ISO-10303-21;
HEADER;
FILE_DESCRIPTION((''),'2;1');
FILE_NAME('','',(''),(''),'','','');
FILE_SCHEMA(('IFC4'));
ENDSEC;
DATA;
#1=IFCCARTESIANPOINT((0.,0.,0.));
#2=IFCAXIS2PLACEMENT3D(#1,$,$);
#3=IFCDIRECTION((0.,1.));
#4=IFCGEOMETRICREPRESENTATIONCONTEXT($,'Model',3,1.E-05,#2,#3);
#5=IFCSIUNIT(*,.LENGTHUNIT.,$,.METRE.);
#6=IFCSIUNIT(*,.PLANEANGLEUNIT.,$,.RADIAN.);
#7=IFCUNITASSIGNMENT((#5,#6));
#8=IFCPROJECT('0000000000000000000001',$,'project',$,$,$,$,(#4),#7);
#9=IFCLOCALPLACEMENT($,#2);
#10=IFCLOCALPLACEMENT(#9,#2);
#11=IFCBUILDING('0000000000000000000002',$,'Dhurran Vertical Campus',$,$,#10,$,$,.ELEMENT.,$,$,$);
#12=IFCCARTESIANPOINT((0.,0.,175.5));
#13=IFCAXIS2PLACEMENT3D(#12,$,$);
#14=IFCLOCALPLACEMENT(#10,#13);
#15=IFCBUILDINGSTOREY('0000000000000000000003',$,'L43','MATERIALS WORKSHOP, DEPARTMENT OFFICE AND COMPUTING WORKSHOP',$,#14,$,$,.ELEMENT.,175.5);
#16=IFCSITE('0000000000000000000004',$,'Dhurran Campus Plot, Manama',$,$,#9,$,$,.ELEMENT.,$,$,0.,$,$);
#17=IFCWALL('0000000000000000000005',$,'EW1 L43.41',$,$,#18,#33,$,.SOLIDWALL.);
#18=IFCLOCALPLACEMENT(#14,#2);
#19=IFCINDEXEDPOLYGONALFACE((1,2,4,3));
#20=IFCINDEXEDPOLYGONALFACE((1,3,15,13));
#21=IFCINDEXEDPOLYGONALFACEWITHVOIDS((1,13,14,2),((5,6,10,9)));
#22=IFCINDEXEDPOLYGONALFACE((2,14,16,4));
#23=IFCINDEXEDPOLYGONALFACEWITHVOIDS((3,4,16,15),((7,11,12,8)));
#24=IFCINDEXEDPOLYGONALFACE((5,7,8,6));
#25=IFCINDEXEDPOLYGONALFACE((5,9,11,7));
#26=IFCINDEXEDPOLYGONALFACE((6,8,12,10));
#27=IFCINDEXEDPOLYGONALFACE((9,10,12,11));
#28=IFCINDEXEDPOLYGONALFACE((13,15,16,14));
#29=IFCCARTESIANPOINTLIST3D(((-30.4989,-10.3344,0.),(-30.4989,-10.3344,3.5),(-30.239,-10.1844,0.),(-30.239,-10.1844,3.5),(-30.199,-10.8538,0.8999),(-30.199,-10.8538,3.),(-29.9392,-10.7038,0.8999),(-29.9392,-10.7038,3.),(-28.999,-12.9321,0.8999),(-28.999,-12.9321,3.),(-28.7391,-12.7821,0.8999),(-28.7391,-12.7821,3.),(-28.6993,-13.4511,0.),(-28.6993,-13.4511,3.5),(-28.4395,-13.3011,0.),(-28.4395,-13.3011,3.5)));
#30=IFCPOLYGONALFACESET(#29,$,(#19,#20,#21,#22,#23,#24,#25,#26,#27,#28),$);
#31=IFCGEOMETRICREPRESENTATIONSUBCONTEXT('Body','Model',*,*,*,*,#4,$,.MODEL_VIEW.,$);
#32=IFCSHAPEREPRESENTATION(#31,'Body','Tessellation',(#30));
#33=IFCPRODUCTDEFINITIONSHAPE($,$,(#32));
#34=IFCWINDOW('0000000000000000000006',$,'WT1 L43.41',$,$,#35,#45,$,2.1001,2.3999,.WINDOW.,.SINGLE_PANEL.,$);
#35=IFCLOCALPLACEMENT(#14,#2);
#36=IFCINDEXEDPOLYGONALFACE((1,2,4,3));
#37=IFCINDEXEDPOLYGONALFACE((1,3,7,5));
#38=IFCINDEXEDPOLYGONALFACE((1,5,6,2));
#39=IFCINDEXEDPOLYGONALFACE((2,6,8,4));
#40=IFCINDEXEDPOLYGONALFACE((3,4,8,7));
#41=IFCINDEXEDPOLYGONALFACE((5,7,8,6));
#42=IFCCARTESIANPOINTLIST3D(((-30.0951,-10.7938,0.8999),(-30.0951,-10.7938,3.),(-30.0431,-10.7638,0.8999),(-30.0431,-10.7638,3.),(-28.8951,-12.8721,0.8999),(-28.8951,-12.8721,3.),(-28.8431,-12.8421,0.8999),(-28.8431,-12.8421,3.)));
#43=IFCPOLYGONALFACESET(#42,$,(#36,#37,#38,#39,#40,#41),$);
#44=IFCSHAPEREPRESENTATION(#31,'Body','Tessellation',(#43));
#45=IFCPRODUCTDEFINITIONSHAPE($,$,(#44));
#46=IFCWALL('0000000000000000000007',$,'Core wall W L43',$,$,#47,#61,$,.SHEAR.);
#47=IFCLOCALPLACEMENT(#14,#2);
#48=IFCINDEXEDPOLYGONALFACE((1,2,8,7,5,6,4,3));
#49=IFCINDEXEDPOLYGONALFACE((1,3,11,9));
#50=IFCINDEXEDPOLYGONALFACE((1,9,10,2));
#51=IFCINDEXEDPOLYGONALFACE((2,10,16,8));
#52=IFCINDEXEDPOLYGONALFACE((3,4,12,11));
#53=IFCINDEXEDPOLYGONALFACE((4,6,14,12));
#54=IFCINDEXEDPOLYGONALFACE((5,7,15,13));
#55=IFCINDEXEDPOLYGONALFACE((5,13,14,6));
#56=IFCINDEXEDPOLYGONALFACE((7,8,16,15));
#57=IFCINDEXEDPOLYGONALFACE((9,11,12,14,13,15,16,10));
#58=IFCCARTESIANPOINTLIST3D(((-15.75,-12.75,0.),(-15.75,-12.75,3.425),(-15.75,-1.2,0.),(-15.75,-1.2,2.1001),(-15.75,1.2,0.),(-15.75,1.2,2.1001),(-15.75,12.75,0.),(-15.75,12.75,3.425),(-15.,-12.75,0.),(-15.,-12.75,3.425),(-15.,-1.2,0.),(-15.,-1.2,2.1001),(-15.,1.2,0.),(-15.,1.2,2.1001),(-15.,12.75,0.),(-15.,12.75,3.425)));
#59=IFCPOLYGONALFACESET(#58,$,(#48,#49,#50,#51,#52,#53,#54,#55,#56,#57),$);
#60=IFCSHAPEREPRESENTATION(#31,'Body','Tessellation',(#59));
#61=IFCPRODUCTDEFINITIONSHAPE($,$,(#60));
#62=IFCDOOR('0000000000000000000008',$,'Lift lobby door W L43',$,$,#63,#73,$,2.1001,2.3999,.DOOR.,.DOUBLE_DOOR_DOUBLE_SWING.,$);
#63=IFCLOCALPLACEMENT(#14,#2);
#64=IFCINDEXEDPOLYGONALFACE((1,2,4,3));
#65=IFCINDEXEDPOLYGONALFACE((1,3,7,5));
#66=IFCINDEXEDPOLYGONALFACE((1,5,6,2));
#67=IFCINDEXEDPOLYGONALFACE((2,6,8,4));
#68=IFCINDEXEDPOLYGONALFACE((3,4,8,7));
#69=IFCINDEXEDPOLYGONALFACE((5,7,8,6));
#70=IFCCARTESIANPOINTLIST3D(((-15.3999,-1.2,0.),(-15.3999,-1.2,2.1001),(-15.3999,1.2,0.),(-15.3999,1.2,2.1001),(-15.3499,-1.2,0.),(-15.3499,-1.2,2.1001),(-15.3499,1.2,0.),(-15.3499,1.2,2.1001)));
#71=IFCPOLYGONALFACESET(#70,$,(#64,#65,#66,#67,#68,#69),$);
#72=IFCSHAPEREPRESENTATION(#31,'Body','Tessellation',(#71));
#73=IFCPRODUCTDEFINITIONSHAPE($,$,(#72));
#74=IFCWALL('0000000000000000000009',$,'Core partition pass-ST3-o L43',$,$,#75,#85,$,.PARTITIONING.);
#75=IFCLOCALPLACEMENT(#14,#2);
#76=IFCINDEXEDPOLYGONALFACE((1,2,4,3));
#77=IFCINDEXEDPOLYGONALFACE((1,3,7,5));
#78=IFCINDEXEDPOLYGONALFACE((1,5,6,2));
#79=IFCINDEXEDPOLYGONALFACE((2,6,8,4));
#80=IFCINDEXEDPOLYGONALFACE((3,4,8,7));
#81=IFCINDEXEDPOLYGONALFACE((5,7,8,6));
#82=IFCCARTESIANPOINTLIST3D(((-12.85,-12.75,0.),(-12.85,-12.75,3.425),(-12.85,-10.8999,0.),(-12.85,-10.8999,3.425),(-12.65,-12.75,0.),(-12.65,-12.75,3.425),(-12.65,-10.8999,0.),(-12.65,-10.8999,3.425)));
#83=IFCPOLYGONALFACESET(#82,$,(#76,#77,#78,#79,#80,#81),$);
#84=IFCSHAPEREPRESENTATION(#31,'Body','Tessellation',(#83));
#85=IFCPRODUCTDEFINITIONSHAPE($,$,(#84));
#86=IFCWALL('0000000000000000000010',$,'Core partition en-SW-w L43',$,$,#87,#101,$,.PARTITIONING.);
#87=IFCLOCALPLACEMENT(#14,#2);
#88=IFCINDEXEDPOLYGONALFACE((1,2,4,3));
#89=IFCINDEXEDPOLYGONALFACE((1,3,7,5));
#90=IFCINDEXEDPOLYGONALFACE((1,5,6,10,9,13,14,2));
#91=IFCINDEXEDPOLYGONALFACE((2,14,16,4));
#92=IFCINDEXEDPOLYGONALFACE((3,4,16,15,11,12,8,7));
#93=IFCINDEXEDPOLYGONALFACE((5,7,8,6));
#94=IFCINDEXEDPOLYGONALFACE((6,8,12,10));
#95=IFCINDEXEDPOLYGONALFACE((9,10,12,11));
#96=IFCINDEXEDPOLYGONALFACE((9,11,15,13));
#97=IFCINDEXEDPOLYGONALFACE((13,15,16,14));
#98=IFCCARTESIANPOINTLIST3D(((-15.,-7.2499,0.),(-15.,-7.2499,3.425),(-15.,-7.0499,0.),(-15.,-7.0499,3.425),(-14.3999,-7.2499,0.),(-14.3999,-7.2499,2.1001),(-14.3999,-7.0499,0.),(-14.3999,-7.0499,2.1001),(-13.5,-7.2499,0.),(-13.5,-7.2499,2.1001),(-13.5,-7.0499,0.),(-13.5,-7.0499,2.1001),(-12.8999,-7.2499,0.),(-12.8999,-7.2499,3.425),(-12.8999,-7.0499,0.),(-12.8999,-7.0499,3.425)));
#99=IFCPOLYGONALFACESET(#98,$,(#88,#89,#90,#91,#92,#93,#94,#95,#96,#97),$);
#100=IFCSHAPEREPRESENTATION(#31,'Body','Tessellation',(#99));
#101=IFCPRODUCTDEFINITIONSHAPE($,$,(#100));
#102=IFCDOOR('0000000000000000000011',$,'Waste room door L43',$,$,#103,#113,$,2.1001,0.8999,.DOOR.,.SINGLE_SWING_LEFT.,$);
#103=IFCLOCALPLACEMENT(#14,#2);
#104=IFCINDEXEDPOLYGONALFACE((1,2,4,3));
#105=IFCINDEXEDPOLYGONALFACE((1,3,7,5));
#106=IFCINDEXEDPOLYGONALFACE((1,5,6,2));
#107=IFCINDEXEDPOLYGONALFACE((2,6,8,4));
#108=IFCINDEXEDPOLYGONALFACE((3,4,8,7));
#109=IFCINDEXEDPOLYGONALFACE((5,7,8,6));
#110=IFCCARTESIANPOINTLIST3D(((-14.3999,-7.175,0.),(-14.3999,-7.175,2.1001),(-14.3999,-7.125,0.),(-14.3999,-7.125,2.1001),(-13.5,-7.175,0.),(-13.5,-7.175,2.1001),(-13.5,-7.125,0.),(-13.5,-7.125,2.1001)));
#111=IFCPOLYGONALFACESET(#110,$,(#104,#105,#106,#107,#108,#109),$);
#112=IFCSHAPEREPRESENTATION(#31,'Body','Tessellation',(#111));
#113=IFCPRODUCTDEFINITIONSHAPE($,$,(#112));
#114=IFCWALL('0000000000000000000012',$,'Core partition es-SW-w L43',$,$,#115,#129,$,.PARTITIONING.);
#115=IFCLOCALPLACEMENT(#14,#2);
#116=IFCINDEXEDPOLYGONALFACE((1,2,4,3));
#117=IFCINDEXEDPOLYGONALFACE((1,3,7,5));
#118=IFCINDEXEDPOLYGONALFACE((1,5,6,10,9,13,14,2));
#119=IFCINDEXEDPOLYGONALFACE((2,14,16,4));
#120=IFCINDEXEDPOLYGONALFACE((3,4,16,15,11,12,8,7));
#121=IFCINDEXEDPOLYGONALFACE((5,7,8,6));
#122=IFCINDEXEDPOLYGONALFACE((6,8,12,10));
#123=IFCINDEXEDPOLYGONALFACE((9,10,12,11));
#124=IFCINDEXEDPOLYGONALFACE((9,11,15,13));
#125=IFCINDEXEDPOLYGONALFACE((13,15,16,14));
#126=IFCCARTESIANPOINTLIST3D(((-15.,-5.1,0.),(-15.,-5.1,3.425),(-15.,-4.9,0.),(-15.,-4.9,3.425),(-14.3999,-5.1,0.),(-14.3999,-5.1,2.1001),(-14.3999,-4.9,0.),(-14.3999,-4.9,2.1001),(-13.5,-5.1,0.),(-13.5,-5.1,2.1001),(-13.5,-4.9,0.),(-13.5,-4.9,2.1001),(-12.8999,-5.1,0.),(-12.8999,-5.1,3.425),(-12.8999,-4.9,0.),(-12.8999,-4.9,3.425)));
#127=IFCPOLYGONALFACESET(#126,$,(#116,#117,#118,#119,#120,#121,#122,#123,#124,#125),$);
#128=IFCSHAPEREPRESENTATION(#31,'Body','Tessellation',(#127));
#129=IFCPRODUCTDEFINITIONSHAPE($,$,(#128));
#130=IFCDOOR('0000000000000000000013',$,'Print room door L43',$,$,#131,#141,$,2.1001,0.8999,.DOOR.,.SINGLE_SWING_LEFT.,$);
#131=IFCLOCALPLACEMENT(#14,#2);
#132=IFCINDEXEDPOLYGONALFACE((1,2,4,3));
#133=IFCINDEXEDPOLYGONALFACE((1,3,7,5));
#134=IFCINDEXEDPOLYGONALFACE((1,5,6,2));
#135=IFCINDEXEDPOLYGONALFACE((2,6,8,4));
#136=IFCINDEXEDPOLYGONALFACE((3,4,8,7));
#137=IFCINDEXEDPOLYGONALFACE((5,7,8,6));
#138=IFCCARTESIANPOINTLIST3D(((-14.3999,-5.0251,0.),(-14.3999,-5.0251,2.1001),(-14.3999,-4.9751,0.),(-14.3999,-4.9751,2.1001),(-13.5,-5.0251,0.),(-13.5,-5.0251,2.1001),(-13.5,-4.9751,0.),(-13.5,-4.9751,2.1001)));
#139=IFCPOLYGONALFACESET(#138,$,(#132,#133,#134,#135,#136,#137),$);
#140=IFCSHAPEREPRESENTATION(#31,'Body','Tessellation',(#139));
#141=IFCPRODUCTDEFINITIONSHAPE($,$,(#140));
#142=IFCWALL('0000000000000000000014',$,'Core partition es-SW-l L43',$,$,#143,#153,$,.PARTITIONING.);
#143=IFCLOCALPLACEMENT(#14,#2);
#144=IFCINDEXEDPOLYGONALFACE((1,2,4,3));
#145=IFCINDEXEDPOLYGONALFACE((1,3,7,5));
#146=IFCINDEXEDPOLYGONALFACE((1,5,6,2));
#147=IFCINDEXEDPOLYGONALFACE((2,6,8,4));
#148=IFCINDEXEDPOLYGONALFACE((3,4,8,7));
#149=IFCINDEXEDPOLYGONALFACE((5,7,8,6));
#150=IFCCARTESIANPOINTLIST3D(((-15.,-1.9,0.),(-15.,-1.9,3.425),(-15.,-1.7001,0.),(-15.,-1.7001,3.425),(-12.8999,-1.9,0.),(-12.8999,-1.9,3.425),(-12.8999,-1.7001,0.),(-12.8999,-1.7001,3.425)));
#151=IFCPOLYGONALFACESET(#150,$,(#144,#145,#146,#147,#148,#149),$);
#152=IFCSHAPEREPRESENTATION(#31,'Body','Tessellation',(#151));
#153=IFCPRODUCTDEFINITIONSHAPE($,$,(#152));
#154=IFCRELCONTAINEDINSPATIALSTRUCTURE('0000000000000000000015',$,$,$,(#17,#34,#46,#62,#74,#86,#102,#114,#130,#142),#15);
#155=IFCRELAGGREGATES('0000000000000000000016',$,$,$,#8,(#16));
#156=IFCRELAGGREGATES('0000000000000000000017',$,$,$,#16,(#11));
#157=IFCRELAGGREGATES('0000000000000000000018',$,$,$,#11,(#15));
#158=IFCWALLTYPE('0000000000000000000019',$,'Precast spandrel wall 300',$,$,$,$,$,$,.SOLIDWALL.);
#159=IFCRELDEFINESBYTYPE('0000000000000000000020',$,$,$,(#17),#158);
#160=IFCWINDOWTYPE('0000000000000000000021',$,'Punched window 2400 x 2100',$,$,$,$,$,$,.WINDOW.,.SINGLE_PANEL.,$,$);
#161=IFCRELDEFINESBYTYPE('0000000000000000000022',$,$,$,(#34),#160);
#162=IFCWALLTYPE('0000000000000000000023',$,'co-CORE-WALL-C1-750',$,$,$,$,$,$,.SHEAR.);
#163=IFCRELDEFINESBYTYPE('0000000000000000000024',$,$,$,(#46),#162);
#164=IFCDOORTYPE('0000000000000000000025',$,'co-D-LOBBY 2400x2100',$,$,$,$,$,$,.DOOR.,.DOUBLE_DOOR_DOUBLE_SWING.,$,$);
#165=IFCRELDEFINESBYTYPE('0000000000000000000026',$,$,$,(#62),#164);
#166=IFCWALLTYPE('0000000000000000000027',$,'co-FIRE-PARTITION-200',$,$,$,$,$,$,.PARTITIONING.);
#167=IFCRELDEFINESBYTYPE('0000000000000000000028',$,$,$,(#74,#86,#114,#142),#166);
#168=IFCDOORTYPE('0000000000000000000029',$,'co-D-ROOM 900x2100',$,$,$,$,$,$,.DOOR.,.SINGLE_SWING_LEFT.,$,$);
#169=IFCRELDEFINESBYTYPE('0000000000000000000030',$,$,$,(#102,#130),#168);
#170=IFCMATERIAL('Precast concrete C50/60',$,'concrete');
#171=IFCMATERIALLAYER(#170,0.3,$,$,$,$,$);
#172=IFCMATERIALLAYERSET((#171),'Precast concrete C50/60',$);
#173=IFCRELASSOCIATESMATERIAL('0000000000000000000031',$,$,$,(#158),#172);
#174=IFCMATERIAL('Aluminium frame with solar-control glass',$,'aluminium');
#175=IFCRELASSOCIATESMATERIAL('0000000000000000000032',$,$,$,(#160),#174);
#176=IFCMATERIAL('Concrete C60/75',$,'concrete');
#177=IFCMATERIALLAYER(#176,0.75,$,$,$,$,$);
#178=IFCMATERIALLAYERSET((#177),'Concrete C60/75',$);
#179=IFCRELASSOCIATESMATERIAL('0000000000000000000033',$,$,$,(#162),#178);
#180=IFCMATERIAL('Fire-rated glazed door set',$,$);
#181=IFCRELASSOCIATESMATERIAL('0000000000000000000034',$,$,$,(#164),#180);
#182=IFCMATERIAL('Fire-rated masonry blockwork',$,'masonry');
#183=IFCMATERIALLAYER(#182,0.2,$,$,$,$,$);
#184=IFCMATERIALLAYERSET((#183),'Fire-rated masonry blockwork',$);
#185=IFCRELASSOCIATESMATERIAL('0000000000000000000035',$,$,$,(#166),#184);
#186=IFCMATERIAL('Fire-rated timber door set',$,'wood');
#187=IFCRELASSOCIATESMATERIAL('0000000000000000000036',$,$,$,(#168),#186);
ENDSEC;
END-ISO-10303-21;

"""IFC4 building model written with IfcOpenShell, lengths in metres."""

from ifc_helpers import new_model, si_unit, direction, frame, frame_2d, origin, place, context, subcontext, project, spatial, rectangle, extrude, material, layer, layer_set, type_object, element, fill, save


model = new_model("IFC4")

# Units and contexts
model_context = context("Model", 3, precision=1e-05, world=origin(), true_north=direction((0.0, 1.0)))
body_context = subcontext(model_context, "Body", "Model", "MODEL_VIEW")
ifc_project = project(units=[si_unit("LENGTHUNIT", "METRE"), si_unit("PLANEANGLEUNIT", "RADIAN")], contexts=[model_context])

# Site, building, storey
site_placement = place(None, origin())
site = spatial("IfcSite", under=ifc_project, at=site_placement, Name="Dhurran Campus Plot, Manama", CompositionType="ELEMENT", RefElevation=0.0)
building_placement = place(site_placement, origin())
building = spatial("IfcBuilding", under=site, at=building_placement, Name="Dhurran Vertical Campus", CompositionType="ELEMENT")
storey_placement = place(building_placement, frame((0.0, 0.0, 175.5)))
storey = spatial("IfcBuildingStorey", under=building, at=storey_placement, Name="L43", Description="MATERIALS WORKSHOP, DEPARTMENT OFFICE AND COMPUTING WORKSHOP", CompositionType="ELEMENT", Elevation=175.5)

# Wall, opening, window
ifc_material_1 = material(Name="Precast concrete C50/60", Category="concrete")
ifc_layer_1 = layer(ifc_material_1, 0.3)
ifc_layer_set_1 = layer_set([ifc_layer_1], Name="Precast concrete C50/60")
wall_type_1 = type_object("IfcWallType", Name="Precast spandrel wall 300", PredefinedType="SOLIDWALL", material=ifc_layer_set_1)
ifc_material_2 = material(Name="Aluminium frame with solar-control glass", Category="aluminium")
window_type = type_object("IfcWindowType", Name="Punched window 2400 x 2100", PartitioningType="SINGLE_PANEL", PredefinedType="WINDOW", material=ifc_material_2)
wall_1_placement = place(storey_placement, frame((-30.3689, -10.2595, 0.0), z_axis=(0.0, 0.0, 1.0), x_axis=(0.500028, -0.866009, 0.0)))
wall_1 = element("IfcWall", 1, at=wall_1_placement, inside=storey, type_object=wall_type_1, Name="EW1 L43.41", PredefinedType="SOLIDWALL", context=body_context, shape_type="SweptSolid", body=[
    extrude(rectangle(XDim=3.5989, YDim=0.3, at=frame_2d((1.7993, 0.0))), origin(), (0.0, 0.0, 1.0), 3.5),
])
opening_1_placement = place(wall_1_placement, frame((0.5996, 0.0, 0.8999)))
opening_1 = element("IfcOpeningElement", 2, at=opening_1_placement, cuts=wall_1, PredefinedType="OPENING", context=body_context, shape_type="SweptSolid", body=[
    extrude(rectangle(XDim=2.3999, YDim=2.1001, at=frame_2d((1.2, 1.05))), frame((0.0, 0.1599, 0.0), z_axis=(0.0, -1.0, 0.0), x_axis=(1.0, 0.0, 0.0)), (0.0, 0.0, 1.0), 0.3201),
])
window_1_placement = place(opening_1_placement, origin())
window_1 = element("IfcWindow", 3, at=window_1_placement, inside=storey, type_object=window_type, Name="WT1 L43.41", OverallHeight=2.1001, OverallWidth=2.3999, PartitioningType="SINGLE_PANEL", PredefinedType="WINDOW", context=body_context, shape_type="SweptSolid", body=[
    extrude(rectangle(XDim=2.3999, YDim=2.1001, at=frame_2d((1.2, 1.05))), frame((0.0, 0.03, 0.0), z_axis=(0.0, -1.0, 0.0), x_axis=(1.0, 0.0, 0.0)), (0.0, 0.0, 1.0), 0.0601),
])
fill(opening_1, window_1)

# Wall, opening, door
ifc_material_3 = material(Name="Concrete C60/75", Category="concrete")
ifc_layer_2 = layer(ifc_material_3, 0.75)
ifc_layer_set_2 = layer_set([ifc_layer_2], Name="Concrete C60/75")
wall_type_2 = type_object("IfcWallType", Name="co-CORE-WALL-C1-750", PredefinedType="SHEAR", material=ifc_layer_set_2)
wall_2_placement = place(storey_placement, frame((-15.375, -12.75, 0.0), z_axis=(0.0, 0.0, 1.0), x_axis=(0.0, 1.0, 0.0)))
wall_2 = element("IfcWall", 4, at=wall_2_placement, inside=storey, type_object=wall_type_2, Name="Core wall W L43", PredefinedType="SHEAR", context=body_context, shape_type="SweptSolid", body=[
    extrude(rectangle(XDim=25.5, YDim=0.75, at=frame_2d((12.75, 0.0))), origin(), (0.0, 0.0, 1.0), 3.425),
])
opening_2_placement = place(wall_2_placement, frame((11.55, 0.0, 0.0)))
opening_2 = element("IfcOpeningElement", 5, at=opening_2_placement, cuts=wall_2, PredefinedType="OPENING", context=body_context, shape_type="SweptSolid", body=[
    extrude(rectangle(XDim=2.3999, YDim=2.1001, at=frame_2d((1.2, 1.05))), frame((0.0, 0.385, 0.0), z_axis=(0.0, -1.0, 0.0), x_axis=(1.0, 0.0, 0.0)), (0.0, 0.0, 1.0), 0.77),
])
ifc_material_4 = material(Name="Fire-rated glazed door set")
door_type_1 = type_object("IfcDoorType", Name="co-D-LOBBY 2400x2100", OperationType="DOUBLE_DOOR_DOUBLE_SWING", PredefinedType="DOOR", material=ifc_material_4)
door_1_placement = place(opening_2_placement, origin())
door_1 = element("IfcDoor", 6, at=door_1_placement, inside=storey, type_object=door_type_1, Name="Lift lobby door W L43", OperationType="DOUBLE_DOOR_DOUBLE_SWING", OverallHeight=2.1001, OverallWidth=2.3999, PredefinedType="DOOR", context=body_context, shape_type="SweptSolid", body=[
    extrude(rectangle(XDim=2.3999, YDim=2.1001, at=frame_2d((1.2, 1.05))), frame((0.0, 0.0249, 0.0), z_axis=(0.0, -1.0, 0.0), x_axis=(1.0, 0.0, 0.0)), (0.0, 0.0, 1.0), 0.05),
])
fill(opening_2, door_1)

# Wall
ifc_material_5 = material(Name="Fire-rated masonry blockwork", Category="masonry")
ifc_layer_3 = layer(ifc_material_5, 0.2)
ifc_layer_set_3 = layer_set([ifc_layer_3], Name="Fire-rated masonry blockwork")
wall_type_3 = type_object("IfcWallType", Name="co-FIRE-PARTITION-200", PredefinedType="PARTITIONING", material=ifc_layer_set_3)
wall_3_placement = place(storey_placement, frame((-12.75, -12.75, 0.0), z_axis=(0.0, 0.0, 1.0), x_axis=(0.0, 1.0, 0.0)))
element("IfcWall", 7, at=wall_3_placement, inside=storey, type_object=wall_type_3, Name="Core partition pass-ST3-o L43", PredefinedType="PARTITIONING", context=body_context, shape_type="SweptSolid", body=[
    extrude(rectangle(XDim=1.8501, YDim=0.2, at=frame_2d((0.925, 0.0))), origin(), (0.0, 0.0, 1.0), 3.425),
])

# Walls, openings, doors
wall_4_placement = place(storey_placement, frame((-15.0, -7.1499, 0.0), z_axis=(0.0, 0.0, 1.0), x_axis=(1.0, 0.0, 0.0)))
wall_4 = element("IfcWall", 8, at=wall_4_placement, inside=storey, type_object=wall_type_3, Name="Core partition en-SW-w L43", PredefinedType="PARTITIONING", context=body_context, shape_type="SweptSolid", body=[
    extrude(rectangle(XDim=2.1001, YDim=0.2, at=frame_2d((1.05, 0.0))), origin(), (0.0, 0.0, 1.0), 3.425),
])
opening_3_placement = place(wall_4_placement, frame((0.6001, 0.0, 0.0)))
opening_3 = element("IfcOpeningElement", 9, at=opening_3_placement, cuts=wall_4, PredefinedType="OPENING", context=body_context, shape_type="SweptSolid", body=[
    extrude(rectangle(XDim=0.8999, YDim=2.1001, at=frame_2d((0.45, 1.05))), frame((0.0, 0.1099, 0.0), z_axis=(0.0, -1.0, 0.0), x_axis=(1.0, 0.0, 0.0)), (0.0, 0.0, 1.0), 0.22),
])
ifc_material_6 = material(Name="Fire-rated timber door set", Category="wood")
door_type_2 = type_object("IfcDoorType", Name="co-D-ROOM 900x2100", OperationType="SINGLE_SWING_LEFT", PredefinedType="DOOR", material=ifc_material_6)
door_2_placement = place(opening_3_placement, origin())
door_2 = element("IfcDoor", 10, at=door_2_placement, inside=storey, type_object=door_type_2, Name="Waste room door L43", OperationType="SINGLE_SWING_LEFT", OverallHeight=2.1001, OverallWidth=0.8999, PredefinedType="DOOR", context=body_context, shape_type="SweptSolid", body=[
    extrude(rectangle(XDim=0.8999, YDim=2.1001, at=frame_2d((0.45, 1.05))), frame((0.0, 0.0249, 0.0), z_axis=(0.0, -1.0, 0.0), x_axis=(1.0, 0.0, 0.0)), (0.0, 0.0, 1.0), 0.05),
])
fill(opening_3, door_2)
wall_5_placement = place(storey_placement, frame((-15.0, -5.0, 0.0), z_axis=(0.0, 0.0, 1.0), x_axis=(1.0, 0.0, 0.0)))
wall_5 = element("IfcWall", 11, at=wall_5_placement, inside=storey, type_object=wall_type_3, Name="Core partition es-SW-w L43", PredefinedType="PARTITIONING", context=body_context, shape_type="SweptSolid", body=[
    extrude(rectangle(XDim=2.1001, YDim=0.2, at=frame_2d((1.05, 0.0))), origin(), (0.0, 0.0, 1.0), 3.425),
])
opening_4_placement = place(wall_5_placement, frame((0.6001, 0.0, 0.0)))
opening_4 = element("IfcOpeningElement", 12, at=opening_4_placement, cuts=wall_5, PredefinedType="OPENING", context=body_context, shape_type="SweptSolid", body=[
    extrude(rectangle(XDim=0.8999, YDim=2.1001, at=frame_2d((0.45, 1.05))), frame((0.0, 0.1099, 0.0), z_axis=(0.0, -1.0, 0.0), x_axis=(1.0, 0.0, 0.0)), (0.0, 0.0, 1.0), 0.22),
])
door_3_placement = place(opening_4_placement, origin())
door_3 = element("IfcDoor", 13, at=door_3_placement, inside=storey, type_object=door_type_2, Name="Print room door L43", OperationType="SINGLE_SWING_LEFT", OverallHeight=2.1001, OverallWidth=0.8999, PredefinedType="DOOR", context=body_context, shape_type="SweptSolid", body=[
    extrude(rectangle(XDim=0.8999, YDim=2.1001, at=frame_2d((0.45, 1.05))), frame((0.0, 0.0249, 0.0), z_axis=(0.0, -1.0, 0.0), x_axis=(1.0, 0.0, 0.0)), (0.0, 0.0, 1.0), 0.05),
])
fill(opening_4, door_3)

# Wall
wall_6_placement = place(storey_placement, frame((-15.0, -1.8, 0.0), z_axis=(0.0, 0.0, 1.0), x_axis=(1.0, 0.0, 0.0)))
element("IfcWall", 14, at=wall_6_placement, inside=storey, type_object=wall_type_3, Name="Core partition es-SW-l L43", PredefinedType="PARTITIONING", context=body_context, shape_type="SweptSolid", body=[
    extrude(rectangle(XDim=2.1001, YDim=0.2, at=frame_2d((1.05, 0.0))), origin(), (0.0, 0.0, 1.0), 3.425),
])

save(model, "model.ifc")
